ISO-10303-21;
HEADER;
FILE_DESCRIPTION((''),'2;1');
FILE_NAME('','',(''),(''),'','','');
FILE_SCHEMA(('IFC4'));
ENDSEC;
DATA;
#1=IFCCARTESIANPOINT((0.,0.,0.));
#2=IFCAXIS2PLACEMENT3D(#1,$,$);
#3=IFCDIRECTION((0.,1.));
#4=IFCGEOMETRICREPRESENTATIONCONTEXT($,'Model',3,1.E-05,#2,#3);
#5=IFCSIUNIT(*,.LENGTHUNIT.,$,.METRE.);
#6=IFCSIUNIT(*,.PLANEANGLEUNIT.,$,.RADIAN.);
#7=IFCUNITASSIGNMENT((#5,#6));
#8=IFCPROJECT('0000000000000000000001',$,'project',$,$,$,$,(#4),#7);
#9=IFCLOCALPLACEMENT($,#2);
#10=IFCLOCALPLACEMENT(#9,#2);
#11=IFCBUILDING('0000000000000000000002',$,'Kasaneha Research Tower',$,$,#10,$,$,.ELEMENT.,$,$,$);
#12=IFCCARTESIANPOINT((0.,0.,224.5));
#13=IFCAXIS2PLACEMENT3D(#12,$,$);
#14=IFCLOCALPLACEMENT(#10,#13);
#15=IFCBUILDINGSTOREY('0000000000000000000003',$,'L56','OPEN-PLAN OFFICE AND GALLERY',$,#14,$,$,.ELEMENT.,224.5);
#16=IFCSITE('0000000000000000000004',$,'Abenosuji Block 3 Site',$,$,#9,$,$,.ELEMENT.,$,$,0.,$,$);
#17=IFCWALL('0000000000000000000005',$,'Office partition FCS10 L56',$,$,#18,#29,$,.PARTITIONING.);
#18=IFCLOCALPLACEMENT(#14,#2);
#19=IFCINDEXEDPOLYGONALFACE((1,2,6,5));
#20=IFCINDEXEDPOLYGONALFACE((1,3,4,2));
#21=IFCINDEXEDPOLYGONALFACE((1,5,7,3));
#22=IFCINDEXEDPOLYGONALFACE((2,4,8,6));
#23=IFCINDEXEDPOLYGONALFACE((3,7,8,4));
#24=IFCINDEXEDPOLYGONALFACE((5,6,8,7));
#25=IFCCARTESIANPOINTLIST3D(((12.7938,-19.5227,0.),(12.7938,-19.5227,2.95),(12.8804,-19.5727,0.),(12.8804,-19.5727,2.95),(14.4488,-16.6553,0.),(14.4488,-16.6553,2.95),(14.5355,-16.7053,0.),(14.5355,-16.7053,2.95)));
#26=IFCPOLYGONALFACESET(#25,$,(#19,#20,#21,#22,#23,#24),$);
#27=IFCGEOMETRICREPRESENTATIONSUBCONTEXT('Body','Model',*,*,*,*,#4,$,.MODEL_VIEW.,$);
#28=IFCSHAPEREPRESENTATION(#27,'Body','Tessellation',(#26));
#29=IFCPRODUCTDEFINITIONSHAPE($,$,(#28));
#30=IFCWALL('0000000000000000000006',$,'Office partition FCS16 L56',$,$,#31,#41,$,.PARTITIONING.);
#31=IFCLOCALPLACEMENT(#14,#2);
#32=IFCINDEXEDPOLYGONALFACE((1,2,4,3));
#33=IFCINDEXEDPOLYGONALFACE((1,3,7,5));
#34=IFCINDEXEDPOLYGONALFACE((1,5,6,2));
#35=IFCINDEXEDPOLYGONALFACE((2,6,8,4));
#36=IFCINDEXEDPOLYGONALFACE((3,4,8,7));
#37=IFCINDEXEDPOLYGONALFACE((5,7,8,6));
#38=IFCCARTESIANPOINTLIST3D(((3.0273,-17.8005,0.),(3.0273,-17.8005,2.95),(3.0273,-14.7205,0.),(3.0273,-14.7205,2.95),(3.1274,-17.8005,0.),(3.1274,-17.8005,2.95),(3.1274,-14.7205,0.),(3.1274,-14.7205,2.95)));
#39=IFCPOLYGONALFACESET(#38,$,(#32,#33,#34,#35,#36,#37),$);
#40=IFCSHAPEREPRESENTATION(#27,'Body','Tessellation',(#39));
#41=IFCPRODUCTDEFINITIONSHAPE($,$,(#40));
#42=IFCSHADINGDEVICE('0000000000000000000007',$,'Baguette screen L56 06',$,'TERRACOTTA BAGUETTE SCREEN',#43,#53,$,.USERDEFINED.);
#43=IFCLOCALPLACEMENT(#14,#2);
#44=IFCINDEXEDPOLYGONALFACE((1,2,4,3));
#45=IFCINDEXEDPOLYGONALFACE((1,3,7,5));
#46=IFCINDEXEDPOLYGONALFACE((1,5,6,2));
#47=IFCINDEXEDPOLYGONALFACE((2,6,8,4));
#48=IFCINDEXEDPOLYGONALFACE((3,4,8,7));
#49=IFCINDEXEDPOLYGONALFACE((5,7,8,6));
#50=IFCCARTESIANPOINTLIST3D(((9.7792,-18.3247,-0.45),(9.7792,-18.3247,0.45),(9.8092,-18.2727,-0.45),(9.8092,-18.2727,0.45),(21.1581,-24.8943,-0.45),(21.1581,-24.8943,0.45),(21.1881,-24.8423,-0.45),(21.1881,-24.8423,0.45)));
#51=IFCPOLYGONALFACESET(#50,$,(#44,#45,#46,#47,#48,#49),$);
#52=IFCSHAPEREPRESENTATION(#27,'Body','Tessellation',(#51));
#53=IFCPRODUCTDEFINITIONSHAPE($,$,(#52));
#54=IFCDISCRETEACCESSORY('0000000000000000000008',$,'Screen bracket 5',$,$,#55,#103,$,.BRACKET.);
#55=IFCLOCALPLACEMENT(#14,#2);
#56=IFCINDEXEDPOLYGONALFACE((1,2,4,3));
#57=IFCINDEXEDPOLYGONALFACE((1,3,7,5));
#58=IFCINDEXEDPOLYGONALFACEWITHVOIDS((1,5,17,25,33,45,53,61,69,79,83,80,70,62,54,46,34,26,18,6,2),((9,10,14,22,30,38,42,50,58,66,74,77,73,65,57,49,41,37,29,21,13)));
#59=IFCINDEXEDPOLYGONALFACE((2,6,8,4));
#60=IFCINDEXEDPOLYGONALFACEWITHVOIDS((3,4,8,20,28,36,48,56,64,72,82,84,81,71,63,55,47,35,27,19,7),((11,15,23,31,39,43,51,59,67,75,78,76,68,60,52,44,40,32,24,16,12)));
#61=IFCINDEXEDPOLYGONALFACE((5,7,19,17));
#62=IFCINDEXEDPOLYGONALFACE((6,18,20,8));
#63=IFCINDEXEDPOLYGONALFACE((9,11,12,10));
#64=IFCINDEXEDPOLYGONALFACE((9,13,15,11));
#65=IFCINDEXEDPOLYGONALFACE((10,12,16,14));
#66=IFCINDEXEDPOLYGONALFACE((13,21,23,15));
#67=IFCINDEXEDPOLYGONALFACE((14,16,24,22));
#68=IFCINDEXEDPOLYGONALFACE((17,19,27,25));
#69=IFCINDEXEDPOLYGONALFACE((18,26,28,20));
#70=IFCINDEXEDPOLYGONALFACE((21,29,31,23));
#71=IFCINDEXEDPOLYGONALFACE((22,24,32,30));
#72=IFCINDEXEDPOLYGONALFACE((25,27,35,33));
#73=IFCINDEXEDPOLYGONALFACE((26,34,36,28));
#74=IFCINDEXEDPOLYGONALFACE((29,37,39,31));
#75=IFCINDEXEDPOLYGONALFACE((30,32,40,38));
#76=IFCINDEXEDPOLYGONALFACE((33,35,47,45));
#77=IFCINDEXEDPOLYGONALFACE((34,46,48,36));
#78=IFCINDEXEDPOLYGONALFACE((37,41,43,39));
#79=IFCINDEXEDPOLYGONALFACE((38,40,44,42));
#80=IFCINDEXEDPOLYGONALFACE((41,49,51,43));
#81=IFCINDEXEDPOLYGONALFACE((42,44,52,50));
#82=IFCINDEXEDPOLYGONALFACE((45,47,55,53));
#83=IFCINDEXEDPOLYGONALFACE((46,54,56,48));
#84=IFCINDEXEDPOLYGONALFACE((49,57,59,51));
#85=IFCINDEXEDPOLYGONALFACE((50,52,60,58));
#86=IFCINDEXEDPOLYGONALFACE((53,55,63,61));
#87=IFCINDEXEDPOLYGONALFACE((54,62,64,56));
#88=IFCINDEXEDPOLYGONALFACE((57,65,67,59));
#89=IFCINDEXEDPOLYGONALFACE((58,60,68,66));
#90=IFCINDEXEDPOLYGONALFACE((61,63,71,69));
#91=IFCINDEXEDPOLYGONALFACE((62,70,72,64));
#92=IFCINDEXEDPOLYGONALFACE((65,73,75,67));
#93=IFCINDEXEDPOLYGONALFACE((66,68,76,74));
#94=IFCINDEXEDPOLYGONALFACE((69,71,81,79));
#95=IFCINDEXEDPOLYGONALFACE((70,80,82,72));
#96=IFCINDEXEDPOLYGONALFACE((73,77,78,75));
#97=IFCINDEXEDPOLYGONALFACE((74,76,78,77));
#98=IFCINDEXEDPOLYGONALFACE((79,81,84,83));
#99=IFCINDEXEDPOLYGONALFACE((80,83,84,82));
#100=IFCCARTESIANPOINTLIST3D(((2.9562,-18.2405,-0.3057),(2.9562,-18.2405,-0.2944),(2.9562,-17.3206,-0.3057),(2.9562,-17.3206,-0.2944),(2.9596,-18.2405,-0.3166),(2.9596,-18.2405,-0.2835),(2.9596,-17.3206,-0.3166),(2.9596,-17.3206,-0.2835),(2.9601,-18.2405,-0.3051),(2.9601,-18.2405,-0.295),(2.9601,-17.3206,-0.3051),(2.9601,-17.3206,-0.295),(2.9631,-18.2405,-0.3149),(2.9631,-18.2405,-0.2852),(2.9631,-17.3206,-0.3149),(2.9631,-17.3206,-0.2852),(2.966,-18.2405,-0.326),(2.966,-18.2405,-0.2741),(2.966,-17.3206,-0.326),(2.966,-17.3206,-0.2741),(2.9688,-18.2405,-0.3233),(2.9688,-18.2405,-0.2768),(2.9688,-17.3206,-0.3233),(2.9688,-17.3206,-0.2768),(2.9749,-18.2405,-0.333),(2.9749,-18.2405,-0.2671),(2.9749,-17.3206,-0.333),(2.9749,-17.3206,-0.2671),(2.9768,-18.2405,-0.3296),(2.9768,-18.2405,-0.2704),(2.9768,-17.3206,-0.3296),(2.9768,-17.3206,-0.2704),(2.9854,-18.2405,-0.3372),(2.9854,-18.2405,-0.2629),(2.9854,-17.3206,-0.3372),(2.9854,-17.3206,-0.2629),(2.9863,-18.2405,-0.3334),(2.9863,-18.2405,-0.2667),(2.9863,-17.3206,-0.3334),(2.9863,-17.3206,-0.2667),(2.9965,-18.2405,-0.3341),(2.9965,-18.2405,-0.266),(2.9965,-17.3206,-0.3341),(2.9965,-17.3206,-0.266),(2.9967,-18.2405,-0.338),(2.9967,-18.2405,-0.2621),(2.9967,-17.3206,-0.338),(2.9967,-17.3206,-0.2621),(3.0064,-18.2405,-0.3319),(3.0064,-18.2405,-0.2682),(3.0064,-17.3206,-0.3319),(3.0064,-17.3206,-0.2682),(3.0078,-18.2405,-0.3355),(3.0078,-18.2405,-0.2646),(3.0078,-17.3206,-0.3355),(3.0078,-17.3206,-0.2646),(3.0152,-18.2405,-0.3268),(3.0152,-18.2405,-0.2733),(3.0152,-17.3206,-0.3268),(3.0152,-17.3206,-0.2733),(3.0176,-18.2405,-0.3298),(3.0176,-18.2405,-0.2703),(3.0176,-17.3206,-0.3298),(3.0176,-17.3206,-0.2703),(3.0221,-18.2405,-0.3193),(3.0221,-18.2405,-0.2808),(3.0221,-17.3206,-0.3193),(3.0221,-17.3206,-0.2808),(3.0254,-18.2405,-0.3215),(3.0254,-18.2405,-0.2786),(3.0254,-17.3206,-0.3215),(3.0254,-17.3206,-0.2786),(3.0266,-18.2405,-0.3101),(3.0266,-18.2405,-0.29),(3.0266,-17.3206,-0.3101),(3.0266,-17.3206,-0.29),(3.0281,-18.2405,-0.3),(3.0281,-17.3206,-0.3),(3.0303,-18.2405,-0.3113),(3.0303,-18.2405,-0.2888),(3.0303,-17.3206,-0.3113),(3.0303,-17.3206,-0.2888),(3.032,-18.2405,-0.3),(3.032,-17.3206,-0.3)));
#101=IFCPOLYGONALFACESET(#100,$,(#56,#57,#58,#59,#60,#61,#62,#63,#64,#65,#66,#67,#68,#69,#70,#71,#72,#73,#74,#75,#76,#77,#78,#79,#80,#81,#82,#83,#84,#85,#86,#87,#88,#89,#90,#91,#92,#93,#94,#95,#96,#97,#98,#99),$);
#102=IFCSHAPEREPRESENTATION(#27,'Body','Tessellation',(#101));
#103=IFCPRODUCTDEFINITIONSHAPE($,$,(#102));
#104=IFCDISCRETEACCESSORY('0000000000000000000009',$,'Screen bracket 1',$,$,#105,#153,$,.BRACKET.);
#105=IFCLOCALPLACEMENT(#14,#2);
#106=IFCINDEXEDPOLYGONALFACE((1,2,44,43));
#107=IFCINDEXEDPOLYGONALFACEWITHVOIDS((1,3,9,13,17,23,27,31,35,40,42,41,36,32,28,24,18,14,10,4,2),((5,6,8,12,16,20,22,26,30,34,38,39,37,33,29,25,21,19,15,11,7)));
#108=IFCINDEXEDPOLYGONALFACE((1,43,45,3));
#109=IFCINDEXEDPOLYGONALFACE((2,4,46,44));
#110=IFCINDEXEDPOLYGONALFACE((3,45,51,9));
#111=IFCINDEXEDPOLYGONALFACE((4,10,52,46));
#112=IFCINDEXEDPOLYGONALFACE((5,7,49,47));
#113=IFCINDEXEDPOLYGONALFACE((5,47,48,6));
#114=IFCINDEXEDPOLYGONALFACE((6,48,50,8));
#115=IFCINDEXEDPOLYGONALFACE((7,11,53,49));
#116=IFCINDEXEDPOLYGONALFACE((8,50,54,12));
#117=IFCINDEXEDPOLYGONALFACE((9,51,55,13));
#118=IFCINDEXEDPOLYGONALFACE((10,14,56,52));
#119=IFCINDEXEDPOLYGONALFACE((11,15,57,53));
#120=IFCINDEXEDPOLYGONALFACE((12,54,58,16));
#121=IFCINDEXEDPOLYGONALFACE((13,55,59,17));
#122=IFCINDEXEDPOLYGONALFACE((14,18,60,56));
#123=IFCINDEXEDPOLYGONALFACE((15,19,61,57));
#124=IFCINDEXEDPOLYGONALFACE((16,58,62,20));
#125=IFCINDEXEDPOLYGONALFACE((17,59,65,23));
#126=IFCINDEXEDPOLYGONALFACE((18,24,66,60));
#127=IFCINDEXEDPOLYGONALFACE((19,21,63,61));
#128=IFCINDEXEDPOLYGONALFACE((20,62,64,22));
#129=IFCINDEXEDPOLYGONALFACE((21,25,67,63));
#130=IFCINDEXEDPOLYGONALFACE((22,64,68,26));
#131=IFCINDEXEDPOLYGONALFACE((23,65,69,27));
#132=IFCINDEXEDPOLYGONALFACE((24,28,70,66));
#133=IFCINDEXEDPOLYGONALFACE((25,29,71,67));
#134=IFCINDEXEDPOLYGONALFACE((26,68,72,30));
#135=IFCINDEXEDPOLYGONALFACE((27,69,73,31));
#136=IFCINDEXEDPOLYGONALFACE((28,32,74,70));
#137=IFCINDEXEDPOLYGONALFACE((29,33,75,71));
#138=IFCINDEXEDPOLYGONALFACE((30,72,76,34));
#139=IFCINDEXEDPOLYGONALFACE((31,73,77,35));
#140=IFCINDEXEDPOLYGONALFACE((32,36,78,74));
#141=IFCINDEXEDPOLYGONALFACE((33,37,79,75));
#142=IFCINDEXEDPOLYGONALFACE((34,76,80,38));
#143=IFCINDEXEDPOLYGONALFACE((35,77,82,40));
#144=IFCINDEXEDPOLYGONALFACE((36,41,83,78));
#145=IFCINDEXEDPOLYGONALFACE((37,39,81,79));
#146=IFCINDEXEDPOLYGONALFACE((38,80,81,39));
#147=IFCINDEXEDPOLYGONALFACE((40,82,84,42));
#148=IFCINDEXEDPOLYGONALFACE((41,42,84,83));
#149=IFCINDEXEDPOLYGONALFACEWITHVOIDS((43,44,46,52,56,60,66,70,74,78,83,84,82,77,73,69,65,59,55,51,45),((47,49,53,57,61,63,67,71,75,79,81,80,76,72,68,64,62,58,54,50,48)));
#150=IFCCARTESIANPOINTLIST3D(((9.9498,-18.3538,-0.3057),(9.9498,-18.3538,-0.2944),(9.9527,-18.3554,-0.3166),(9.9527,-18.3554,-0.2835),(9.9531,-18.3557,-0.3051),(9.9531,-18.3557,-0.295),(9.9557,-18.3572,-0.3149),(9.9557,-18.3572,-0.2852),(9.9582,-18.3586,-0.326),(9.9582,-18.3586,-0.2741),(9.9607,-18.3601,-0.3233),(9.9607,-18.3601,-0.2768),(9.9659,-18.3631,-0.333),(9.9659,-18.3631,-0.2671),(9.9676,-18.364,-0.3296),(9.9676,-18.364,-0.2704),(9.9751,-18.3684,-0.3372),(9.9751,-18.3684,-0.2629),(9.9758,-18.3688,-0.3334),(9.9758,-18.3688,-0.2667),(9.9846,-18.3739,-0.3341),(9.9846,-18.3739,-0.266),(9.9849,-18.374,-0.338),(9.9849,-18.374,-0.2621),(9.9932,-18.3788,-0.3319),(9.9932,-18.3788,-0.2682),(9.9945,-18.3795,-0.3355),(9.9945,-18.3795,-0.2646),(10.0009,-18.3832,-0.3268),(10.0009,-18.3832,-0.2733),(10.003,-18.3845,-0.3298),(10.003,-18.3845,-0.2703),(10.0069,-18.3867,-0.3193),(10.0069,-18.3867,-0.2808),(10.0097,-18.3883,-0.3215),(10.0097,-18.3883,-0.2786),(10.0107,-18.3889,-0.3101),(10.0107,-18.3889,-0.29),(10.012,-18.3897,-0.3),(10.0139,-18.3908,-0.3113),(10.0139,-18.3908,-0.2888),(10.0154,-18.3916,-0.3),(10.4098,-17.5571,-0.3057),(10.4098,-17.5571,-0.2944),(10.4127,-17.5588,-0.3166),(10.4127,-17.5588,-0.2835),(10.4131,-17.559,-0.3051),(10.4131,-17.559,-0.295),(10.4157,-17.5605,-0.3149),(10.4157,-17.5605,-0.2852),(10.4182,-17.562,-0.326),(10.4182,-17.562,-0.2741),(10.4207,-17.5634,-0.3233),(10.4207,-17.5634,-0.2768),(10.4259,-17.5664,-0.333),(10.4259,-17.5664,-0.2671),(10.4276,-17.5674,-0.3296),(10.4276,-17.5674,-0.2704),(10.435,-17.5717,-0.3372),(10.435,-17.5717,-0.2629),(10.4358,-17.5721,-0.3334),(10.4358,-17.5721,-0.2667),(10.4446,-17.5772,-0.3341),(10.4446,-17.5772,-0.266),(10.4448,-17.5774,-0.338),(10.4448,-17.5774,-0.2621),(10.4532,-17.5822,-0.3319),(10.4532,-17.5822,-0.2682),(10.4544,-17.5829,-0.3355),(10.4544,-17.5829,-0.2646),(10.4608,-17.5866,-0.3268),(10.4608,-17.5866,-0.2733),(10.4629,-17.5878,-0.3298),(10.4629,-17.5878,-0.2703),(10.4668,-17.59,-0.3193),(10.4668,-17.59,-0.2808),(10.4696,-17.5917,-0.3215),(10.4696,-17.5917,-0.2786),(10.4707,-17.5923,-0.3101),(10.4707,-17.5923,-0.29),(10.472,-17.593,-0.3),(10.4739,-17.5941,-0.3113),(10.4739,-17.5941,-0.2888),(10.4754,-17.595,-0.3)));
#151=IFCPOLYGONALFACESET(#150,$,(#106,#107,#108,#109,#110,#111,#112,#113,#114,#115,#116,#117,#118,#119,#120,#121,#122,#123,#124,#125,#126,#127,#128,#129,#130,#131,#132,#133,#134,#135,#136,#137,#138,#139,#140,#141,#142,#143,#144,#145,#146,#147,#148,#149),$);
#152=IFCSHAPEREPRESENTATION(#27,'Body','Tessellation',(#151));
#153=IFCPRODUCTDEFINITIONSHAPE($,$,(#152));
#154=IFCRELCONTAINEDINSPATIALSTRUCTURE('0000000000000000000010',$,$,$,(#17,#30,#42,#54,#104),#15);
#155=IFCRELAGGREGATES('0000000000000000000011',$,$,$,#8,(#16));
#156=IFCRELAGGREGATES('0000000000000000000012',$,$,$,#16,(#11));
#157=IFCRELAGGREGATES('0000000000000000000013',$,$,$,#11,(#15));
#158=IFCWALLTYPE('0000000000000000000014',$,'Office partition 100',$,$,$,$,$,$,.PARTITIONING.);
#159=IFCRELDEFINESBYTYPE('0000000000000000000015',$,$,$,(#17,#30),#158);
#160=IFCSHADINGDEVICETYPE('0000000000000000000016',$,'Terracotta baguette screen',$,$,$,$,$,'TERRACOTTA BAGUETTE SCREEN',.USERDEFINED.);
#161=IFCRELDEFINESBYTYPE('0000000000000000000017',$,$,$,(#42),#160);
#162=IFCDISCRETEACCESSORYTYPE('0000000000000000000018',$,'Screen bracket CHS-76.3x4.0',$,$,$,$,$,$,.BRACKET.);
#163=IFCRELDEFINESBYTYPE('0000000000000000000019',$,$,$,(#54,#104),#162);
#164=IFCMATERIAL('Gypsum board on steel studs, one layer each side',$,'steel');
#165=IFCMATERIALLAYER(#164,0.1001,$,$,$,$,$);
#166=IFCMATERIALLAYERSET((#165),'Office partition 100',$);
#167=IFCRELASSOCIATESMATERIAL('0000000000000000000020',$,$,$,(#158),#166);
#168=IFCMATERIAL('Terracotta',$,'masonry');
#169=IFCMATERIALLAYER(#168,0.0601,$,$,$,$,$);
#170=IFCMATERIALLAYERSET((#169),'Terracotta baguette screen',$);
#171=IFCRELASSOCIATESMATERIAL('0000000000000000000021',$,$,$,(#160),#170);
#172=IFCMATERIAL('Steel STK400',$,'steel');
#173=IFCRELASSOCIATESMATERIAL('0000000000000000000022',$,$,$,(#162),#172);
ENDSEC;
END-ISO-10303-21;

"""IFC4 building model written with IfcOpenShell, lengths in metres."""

from ifc_helpers import new_model, si_unit, direction, frame, frame_2d, origin, origin_2d, place, context, subcontext, project, spatial, rectangle, hollow_circle, extrude, material, layer, layer_set, material_profile, profile_set, type_object, element, save


model = new_model("IFC4")

# Units and contexts
model_context = context("Model", 3, precision=1e-05, world=origin(), true_north=direction((0.0, 1.0)))
body_context = subcontext(model_context, "Body", "Model", "MODEL_VIEW")
ifc_project = project(units=[si_unit("LENGTHUNIT", "METRE"), si_unit("PLANEANGLEUNIT", "RADIAN")], contexts=[model_context])

# Site, building, storey
site_placement = place(None, origin())
site = spatial("IfcSite", under=ifc_project, at=site_placement, Name="Abenosuji Block 3 Site", CompositionType="ELEMENT", RefElevation=0.0)
building_placement = place(site_placement, origin())
building = spatial("IfcBuilding", under=site, at=building_placement, Name="Kasaneha Research Tower", CompositionType="ELEMENT")
storey_placement = place(building_placement, frame((0.0, 0.0, 224.5)))
storey = spatial("IfcBuildingStorey", under=building, at=storey_placement, Name="L56", Description="OPEN-PLAN OFFICE AND GALLERY", CompositionType="ELEMENT", Elevation=224.5)

# Walls
ifc_material_1 = material(Name="Gypsum board on steel studs, one layer each side", Category="steel")
ifc_layer_1 = layer(ifc_material_1, 0.1001)
ifc_layer_set_1 = layer_set([ifc_layer_1], Name="Office partition 100")
wall_type = type_object("IfcWallType", Name="Office partition 100", PredefinedType="PARTITIONING", material=ifc_layer_set_1)
wall_1_placement = place(storey_placement, frame((12.8372, -19.5476, 0.0), z_axis=(0.0, 0.0, 1.0), x_axis=(0.499891, 0.866089, 0.0)))
element("IfcWall", 1, at=wall_1_placement, inside=storey, type_object=wall_type, Name="Office partition FCS10 L56", PredefinedType="PARTITIONING", context=body_context, shape_type="SweptSolid", body=[
    extrude(rectangle(XDim=3.3108, YDim=0.1001, at=frame_2d((1.6553, 0.0))), origin(), (0.0, 0.0, 1.0), 2.95),
])
wall_2_placement = place(storey_placement, frame((3.0774, -17.8005, 0.0), z_axis=(0.0, 0.0, 1.0), x_axis=(0.0, 1.0, 0.0)))
element("IfcWall", 2, at=wall_2_placement, inside=storey, type_object=wall_type, Name="Office partition FCS16 L56", PredefinedType="PARTITIONING", context=body_context, shape_type="SweptSolid", body=[
    extrude(rectangle(XDim=3.0801, YDim=0.1001, at=frame_2d((1.54, 0.0))), origin(), (0.0, 0.0, 1.0), 2.95),
])

# Shading device
ifc_material_2 = material(Name="Terracotta", Category="masonry")
ifc_layer_2 = layer(ifc_material_2, 0.0601)
ifc_layer_set_2 = layer_set([ifc_layer_2], Name="Terracotta baguette screen")
shading_device_type = type_object("IfcShadingDeviceType", Name="Terracotta baguette screen", ElementType="TERRACOTTA BAGUETTE SCREEN", PredefinedType="USERDEFINED", material=ifc_layer_set_2)
shading_device_placement = place(storey_placement, frame((15.4836, -21.5835, -0.45), z_axis=(0.0, 0.0, 1.0), x_axis=(0.866025, -0.5, 0.0)))
element("IfcShadingDevice", 3, at=shading_device_placement, inside=storey, type_object=shading_device_type, Name="Baguette screen L56 06", ObjectType="TERRACOTTA BAGUETTE SCREEN", PredefinedType="USERDEFINED", context=body_context, shape_type="SweptSolid", body=[
    extrude(rectangle(XDim=13.1392, YDim=0.0601, at=origin_2d()), origin(), (0.0, 0.0, 1.0), 0.8999),
])

# Discrete accessories
ifc_material_3 = material(Name="Steel STK400", Category="steel")
ifc_material_profile_1 = material_profile(ifc_material_3, hollow_circle(Radius=0.0381, WallThickness=0.0039, at=origin_2d()), Name="CHS-76.3x4.0")
ifc_profile_set_1 = profile_set([ifc_material_profile_1], Name="Steel STK400")
discrete_accessory_type = type_object("IfcDiscreteAccessoryType", Name="Screen bracket CHS-76.3x4.0", PredefinedType="BRACKET", material=ifc_profile_set_1)
for number, where, z_axis, x_axis, name in (
    (4, (2.9939, -17.3206, -0.3), (0.0, -1.0, 0.0), (1.0, 0.0, 0.0), "Screen bracket 5"),
    (5, (10.4424, -17.5759, -0.3), (-0.500021, -0.866013, 0.0), (0.866013, -0.500021, 0.0), "Screen bracket 1"),
):
    element("IfcDiscreteAccessory", number, at=place(storey_placement, frame(where, z_axis=z_axis, x_axis=x_axis)), inside=storey, type_object=discrete_accessory_type, Name=name, PredefinedType="BRACKET", context=body_context, shape_type="SweptSolid", body=[
        extrude(hollow_circle(Radius=0.0381, WallThickness=0.0039, at=origin_2d()), origin(), (0.0, 0.0, 1.0), 0.9199),
    ])

save(model, "model.ifc")
